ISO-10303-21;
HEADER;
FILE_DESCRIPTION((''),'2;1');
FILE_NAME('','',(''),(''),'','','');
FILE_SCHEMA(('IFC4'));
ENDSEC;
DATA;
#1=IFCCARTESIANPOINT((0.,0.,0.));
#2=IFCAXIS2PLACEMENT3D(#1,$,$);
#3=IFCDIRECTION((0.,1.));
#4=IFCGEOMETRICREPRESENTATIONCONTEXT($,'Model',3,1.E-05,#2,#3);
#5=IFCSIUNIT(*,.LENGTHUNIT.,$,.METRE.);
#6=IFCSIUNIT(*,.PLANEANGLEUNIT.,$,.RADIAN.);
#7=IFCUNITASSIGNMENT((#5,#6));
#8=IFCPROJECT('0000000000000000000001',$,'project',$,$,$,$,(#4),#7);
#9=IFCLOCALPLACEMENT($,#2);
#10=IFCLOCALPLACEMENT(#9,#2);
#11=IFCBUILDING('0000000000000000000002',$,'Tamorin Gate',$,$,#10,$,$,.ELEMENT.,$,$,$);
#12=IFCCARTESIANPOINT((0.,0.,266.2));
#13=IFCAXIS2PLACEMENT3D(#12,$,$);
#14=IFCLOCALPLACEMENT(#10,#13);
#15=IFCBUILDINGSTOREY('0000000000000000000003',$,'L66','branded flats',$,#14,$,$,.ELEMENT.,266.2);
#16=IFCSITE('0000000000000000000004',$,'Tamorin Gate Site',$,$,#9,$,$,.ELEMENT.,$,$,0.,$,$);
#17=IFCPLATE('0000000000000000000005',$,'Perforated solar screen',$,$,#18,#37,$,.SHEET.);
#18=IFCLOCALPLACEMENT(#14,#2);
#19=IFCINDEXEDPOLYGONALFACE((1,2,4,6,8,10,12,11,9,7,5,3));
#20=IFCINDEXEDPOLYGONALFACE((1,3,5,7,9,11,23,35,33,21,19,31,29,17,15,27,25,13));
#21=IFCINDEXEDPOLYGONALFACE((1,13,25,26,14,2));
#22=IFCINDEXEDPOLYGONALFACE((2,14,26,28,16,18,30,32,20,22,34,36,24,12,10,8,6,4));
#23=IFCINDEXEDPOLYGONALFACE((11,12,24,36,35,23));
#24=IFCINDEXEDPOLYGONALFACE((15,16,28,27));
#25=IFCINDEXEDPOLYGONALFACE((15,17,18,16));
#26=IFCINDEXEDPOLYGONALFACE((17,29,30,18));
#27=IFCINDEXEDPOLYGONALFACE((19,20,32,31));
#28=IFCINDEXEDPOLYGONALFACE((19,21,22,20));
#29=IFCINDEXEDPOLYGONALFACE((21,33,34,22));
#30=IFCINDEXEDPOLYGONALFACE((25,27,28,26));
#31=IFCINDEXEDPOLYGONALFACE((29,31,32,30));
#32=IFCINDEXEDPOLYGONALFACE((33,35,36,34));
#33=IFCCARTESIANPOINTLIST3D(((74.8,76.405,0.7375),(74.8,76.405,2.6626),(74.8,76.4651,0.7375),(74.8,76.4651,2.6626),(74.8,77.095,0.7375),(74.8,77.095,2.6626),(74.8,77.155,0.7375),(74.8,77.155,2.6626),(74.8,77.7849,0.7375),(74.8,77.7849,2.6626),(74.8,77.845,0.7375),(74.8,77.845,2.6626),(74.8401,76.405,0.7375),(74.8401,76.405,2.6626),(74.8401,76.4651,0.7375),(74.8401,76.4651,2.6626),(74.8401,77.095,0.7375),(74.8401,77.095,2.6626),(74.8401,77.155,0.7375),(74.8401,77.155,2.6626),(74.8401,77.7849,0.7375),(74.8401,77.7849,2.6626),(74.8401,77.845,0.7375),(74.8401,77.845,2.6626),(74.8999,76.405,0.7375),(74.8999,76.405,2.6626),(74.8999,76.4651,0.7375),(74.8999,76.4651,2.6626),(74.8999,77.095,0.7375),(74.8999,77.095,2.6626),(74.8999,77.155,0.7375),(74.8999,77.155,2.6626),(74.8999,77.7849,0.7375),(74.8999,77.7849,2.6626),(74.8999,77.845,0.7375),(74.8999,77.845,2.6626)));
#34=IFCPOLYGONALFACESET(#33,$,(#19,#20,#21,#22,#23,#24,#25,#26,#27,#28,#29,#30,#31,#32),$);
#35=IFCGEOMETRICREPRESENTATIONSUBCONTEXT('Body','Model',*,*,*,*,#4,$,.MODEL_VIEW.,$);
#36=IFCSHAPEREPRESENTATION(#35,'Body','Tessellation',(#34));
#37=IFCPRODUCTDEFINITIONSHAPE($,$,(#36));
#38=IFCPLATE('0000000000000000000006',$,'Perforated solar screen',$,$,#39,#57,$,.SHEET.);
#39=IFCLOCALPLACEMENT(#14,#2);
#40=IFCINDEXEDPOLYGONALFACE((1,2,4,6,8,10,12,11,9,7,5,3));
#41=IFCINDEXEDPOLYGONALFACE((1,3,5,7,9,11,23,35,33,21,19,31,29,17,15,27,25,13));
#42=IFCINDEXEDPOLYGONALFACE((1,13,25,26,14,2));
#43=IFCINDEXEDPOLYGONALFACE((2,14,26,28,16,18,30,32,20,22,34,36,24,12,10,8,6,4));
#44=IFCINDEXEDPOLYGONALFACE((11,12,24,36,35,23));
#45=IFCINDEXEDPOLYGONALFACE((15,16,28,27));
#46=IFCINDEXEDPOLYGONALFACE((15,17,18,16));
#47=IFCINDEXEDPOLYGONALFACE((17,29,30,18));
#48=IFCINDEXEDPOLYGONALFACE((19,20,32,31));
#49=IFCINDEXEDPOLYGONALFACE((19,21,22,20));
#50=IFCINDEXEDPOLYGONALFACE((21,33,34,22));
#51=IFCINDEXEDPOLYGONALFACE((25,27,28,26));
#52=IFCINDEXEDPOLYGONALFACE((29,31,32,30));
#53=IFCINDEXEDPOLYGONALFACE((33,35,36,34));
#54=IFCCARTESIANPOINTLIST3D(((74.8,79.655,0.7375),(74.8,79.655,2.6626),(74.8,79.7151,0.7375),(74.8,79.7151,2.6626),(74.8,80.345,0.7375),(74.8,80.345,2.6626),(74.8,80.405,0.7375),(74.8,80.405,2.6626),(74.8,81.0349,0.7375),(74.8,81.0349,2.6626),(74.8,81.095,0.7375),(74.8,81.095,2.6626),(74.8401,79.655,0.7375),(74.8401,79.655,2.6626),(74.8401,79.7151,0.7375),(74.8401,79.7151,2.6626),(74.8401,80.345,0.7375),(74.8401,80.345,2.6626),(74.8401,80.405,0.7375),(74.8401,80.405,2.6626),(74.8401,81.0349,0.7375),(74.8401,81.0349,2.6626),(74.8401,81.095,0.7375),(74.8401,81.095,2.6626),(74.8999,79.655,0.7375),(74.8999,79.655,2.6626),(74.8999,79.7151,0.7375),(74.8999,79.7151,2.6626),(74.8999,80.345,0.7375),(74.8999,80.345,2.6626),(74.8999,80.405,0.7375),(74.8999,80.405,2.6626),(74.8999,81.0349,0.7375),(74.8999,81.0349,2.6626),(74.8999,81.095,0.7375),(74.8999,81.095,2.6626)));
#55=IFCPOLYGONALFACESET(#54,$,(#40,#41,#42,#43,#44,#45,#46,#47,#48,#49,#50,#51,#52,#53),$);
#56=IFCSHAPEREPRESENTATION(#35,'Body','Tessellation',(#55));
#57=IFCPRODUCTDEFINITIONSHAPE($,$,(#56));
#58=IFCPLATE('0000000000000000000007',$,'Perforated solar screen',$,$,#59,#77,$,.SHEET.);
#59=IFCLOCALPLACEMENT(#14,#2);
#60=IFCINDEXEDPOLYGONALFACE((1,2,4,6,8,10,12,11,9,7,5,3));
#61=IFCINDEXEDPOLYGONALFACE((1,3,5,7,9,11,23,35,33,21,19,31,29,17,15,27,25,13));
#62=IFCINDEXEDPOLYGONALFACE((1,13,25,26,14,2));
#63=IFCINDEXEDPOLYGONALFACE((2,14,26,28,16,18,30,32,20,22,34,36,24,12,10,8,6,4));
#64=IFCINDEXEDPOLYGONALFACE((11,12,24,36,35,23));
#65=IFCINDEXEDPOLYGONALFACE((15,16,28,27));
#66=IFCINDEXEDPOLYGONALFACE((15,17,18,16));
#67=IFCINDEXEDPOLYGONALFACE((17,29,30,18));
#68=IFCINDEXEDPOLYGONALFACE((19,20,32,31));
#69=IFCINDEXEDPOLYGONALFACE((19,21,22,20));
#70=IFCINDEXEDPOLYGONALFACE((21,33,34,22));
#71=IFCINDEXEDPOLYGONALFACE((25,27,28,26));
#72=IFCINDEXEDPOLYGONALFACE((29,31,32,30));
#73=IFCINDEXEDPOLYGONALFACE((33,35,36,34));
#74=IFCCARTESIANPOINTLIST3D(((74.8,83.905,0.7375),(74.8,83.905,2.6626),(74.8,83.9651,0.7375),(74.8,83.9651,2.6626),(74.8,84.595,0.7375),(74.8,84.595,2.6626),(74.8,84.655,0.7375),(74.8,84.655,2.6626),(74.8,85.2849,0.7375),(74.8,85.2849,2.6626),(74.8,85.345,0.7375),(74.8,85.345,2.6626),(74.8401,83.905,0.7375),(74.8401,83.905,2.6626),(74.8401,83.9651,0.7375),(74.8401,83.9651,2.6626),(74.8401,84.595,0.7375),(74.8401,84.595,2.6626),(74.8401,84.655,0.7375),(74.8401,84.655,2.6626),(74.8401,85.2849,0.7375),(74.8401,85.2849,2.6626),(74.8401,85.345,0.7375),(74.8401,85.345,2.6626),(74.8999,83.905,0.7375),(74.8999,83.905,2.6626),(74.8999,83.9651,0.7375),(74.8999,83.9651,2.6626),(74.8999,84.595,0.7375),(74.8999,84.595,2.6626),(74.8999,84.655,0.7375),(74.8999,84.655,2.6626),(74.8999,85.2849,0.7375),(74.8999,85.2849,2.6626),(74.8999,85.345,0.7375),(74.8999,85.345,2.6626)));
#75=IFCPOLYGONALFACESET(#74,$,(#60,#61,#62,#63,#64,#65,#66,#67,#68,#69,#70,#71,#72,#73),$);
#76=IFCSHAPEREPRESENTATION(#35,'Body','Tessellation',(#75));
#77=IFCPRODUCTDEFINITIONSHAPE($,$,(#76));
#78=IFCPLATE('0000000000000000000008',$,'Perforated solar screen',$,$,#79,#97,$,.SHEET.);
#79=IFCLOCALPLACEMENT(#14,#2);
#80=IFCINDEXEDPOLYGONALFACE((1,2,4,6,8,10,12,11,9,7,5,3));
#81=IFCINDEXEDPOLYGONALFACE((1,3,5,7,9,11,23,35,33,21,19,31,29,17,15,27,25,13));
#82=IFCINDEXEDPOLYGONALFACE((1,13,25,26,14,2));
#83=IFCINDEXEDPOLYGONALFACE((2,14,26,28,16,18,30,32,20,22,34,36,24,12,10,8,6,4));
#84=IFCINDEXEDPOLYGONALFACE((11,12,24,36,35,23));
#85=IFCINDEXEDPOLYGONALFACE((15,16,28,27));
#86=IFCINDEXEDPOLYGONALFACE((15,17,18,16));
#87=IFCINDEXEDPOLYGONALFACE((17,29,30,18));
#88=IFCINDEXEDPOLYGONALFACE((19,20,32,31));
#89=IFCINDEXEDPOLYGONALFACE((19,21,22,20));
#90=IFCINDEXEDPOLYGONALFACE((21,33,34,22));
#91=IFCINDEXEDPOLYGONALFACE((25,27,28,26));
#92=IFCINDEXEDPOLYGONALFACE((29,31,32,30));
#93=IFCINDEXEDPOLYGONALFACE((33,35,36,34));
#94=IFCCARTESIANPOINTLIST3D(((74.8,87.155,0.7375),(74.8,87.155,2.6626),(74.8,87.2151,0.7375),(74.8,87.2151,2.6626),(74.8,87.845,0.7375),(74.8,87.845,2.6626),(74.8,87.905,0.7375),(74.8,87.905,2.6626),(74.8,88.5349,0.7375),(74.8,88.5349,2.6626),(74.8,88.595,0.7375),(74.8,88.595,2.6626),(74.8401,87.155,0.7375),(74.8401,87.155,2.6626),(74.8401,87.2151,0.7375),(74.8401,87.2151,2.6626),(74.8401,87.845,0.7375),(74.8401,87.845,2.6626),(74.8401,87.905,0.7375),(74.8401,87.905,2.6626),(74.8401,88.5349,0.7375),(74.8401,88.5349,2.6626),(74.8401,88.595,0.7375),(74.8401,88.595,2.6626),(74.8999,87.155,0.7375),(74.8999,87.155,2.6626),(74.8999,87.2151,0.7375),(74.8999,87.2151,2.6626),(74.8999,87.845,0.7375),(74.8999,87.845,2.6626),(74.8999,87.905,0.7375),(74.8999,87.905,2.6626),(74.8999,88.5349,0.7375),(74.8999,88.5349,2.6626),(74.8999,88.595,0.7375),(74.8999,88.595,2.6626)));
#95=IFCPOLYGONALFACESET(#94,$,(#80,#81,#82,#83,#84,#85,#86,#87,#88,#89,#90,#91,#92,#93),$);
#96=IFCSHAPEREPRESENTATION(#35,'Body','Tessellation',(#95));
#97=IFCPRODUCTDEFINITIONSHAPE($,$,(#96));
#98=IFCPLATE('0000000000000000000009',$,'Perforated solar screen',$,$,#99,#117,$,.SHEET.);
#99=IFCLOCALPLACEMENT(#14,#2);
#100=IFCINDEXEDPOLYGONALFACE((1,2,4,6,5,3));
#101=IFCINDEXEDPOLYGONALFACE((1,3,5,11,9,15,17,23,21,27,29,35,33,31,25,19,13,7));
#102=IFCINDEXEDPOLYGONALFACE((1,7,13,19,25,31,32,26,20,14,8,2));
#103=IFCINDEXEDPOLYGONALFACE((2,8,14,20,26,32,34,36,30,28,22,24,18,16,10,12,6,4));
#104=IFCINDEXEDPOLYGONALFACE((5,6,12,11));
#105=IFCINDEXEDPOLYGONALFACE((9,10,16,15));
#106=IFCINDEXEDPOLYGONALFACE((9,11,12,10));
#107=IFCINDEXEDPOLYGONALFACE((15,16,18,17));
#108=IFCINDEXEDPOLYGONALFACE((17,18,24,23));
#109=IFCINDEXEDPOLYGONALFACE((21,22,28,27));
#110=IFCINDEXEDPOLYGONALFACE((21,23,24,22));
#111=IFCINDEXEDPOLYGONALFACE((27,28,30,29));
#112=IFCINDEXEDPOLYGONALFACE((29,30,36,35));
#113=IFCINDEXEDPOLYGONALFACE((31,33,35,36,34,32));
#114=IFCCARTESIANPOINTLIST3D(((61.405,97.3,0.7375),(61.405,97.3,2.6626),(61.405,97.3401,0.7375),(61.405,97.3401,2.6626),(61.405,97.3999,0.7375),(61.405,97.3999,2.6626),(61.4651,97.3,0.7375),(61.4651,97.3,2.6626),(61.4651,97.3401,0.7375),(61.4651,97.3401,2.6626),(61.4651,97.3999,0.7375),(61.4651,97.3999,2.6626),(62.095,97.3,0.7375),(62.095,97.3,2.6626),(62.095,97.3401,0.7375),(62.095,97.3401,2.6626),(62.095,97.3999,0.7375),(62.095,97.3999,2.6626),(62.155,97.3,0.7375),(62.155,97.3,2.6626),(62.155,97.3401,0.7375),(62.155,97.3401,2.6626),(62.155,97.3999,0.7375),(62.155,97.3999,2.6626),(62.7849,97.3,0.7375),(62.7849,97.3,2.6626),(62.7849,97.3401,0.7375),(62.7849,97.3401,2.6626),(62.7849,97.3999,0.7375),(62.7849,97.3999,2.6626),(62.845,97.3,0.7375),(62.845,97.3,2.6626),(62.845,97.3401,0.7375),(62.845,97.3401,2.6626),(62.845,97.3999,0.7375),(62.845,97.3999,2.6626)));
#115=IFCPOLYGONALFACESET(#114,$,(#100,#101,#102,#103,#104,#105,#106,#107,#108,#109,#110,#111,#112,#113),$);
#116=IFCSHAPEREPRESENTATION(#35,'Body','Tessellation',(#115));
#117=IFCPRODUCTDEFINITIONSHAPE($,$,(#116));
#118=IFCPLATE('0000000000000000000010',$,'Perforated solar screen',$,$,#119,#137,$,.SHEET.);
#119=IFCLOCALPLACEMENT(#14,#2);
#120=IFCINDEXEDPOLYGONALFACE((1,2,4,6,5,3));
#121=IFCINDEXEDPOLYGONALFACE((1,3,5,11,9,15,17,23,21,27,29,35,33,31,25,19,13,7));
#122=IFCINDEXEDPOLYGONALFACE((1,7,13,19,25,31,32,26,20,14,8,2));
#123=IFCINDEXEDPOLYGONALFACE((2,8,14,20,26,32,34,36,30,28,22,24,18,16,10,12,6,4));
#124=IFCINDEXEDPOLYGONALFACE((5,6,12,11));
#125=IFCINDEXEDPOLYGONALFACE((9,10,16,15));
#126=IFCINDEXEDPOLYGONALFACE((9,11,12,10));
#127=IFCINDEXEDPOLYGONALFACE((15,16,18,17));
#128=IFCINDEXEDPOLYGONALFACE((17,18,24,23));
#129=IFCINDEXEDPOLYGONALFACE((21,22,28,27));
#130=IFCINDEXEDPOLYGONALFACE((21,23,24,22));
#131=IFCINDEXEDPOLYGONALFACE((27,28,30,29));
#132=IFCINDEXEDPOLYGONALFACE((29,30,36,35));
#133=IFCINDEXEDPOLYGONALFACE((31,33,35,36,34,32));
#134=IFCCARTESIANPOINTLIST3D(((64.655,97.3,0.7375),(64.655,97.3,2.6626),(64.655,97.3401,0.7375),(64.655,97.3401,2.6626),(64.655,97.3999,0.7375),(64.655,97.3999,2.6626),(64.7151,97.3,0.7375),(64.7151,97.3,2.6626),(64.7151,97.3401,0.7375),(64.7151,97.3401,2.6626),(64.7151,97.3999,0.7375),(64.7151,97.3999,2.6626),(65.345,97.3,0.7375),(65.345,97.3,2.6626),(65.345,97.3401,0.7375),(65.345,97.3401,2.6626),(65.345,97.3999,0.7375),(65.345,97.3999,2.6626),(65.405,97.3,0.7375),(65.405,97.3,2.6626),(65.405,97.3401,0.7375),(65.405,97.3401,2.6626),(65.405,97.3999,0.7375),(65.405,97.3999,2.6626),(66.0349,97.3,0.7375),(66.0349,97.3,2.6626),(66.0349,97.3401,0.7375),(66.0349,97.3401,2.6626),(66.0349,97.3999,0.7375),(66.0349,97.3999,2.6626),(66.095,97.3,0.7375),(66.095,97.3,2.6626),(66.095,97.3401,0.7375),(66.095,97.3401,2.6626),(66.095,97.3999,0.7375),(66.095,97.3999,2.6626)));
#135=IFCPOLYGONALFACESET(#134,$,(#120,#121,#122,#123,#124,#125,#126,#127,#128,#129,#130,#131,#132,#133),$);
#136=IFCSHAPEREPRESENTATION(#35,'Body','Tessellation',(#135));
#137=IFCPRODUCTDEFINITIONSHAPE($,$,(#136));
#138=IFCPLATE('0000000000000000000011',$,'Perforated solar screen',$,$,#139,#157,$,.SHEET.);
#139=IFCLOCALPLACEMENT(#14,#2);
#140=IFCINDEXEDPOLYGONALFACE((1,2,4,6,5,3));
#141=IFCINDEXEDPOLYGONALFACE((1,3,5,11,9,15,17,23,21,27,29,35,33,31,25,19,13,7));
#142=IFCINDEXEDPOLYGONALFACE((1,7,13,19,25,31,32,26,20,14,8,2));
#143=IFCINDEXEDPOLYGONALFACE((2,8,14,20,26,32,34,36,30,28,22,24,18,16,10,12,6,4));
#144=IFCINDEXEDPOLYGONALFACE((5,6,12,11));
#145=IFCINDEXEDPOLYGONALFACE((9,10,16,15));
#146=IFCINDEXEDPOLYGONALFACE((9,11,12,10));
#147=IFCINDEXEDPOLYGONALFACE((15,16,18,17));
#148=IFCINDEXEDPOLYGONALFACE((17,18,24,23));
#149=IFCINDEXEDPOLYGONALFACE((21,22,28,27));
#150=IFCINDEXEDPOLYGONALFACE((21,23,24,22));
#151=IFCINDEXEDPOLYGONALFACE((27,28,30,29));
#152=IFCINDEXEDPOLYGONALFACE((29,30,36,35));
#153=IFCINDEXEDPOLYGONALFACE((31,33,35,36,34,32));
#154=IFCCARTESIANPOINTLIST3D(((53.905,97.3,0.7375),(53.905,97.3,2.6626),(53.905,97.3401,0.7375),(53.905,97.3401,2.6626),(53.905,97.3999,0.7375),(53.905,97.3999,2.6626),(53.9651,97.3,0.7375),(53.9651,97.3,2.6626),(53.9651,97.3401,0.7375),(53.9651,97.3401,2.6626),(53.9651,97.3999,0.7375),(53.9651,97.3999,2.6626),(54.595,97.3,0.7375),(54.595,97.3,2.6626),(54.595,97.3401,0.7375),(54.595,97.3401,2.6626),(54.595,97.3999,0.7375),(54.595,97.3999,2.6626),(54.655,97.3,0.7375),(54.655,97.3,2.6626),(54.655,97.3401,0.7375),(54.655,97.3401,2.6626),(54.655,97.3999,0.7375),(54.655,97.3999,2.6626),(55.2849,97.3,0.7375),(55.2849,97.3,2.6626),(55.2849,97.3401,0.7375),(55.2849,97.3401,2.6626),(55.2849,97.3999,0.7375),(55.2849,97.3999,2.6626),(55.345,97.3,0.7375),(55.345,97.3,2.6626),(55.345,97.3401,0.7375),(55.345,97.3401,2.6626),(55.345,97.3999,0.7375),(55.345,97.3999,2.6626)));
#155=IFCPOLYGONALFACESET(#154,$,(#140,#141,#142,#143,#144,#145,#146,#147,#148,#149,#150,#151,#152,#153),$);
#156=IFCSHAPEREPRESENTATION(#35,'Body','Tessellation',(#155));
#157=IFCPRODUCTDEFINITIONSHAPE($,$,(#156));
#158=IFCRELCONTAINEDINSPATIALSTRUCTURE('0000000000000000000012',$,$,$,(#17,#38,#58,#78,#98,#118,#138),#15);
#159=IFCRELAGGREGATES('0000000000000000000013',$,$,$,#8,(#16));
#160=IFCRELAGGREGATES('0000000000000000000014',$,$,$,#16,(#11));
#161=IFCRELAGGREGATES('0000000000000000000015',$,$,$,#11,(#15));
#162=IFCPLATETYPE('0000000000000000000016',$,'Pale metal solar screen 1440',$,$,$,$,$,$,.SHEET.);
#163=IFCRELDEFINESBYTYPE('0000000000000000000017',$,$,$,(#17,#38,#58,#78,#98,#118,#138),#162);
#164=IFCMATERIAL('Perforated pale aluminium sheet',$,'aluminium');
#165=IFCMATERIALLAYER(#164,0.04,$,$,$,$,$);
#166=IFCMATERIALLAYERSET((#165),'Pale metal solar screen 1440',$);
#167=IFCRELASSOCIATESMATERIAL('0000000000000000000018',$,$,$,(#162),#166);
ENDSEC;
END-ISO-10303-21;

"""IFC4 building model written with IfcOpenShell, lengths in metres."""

from ifc_helpers import new_model, si_unit, direction, frame, origin, place, context, subcontext, project, spatial, polyline, outline, extrude, material, layer, layer_set, type_object, element, save


model = new_model("IFC4")

# Units and contexts
model_context = context("Model", 3, precision=1e-05, world=origin(), true_north=direction((0.0, 1.0)))
body_context = subcontext(model_context, "Body", "Model", "MODEL_VIEW")
ifc_project = project(units=[si_unit("LENGTHUNIT", "METRE"), si_unit("PLANEANGLEUNIT", "RADIAN")], contexts=[model_context])

# Site, building, storey
site_placement = place(None, origin())
site = spatial("IfcSite", under=ifc_project, at=site_placement, Name="Tamorin Gate Site", CompositionType="ELEMENT", RefElevation=0.0)
building_placement = place(site_placement, origin())
building = spatial("IfcBuilding", under=site, at=building_placement, Name="Tamorin Gate", CompositionType="ELEMENT")
storey_placement = place(building_placement, frame((0.0, 0.0, 266.2)))
storey = spatial("IfcBuildingStorey", under=building, at=storey_placement, Name="L66", Description="branded flats", CompositionType="ELEMENT", Elevation=266.2)

# Plates
ifc_material_1 = material(Name="Perforated pale aluminium sheet", Category="aluminium")
ifc_layer_1 = layer(ifc_material_1, 0.04)
ifc_layer_set_1 = layer_set([ifc_layer_1], Name="Pale metal solar screen 1440")
plate_type = type_object("IfcPlateType", Name="Pale metal solar screen 1440", PredefinedType="SHEET", material=ifc_layer_set_1)
plate_1_placement = place(storey_placement, frame((0.0, 0.0, 0.7375)))
element("IfcPlate", 1, at=plate_1_placement, inside=storey, type_object=plate_type, Name="Perforated solar screen", PredefinedType="SHEET", context=body_context, shape_type="SweptSolid", body=[
    extrude(outline(polyline([(74.8401, 76.405), (74.8, 76.405), (74.8, 76.4651), (74.8, 77.095), (74.8, 77.155), (74.8, 77.7849), (74.8, 77.845), (74.8401, 77.845), (74.8999, 77.845), (74.8999, 77.7849), (74.8401, 77.7849), (74.8401, 77.155), (74.8999, 77.155), (74.8999, 77.095), (74.8401, 77.095), (74.8401, 76.4651), (74.8999, 76.4651), (74.8999, 76.405), (74.8401, 76.405)])), origin(), (0.0, 0.0, 1.0), 1.925),
])
plate_2_placement = place(storey_placement, frame((0.0, 0.0, 0.7375)))
element("IfcPlate", 2, at=plate_2_placement, inside=storey, type_object=plate_type, Name="Perforated solar screen", PredefinedType="SHEET", context=body_context, shape_type="SweptSolid", body=[
    extrude(outline(polyline([(74.8401, 79.655), (74.8, 79.655), (74.8, 79.7151), (74.8, 80.345), (74.8, 80.405), (74.8, 81.0349), (74.8, 81.095), (74.8401, 81.095), (74.8999, 81.095), (74.8999, 81.0349), (74.8401, 81.0349), (74.8401, 80.405), (74.8999, 80.405), (74.8999, 80.345), (74.8401, 80.345), (74.8401, 79.7151), (74.8999, 79.7151), (74.8999, 79.655), (74.8401, 79.655)])), origin(), (0.0, 0.0, 1.0), 1.925),
])
plate_3_placement = place(storey_placement, frame((0.0, 0.0, 0.7375)))
element("IfcPlate", 3, at=plate_3_placement, inside=storey, type_object=plate_type, Name="Perforated solar screen", PredefinedType="SHEET", context=body_context, shape_type="SweptSolid", body=[
    extrude(outline(polyline([(74.8401, 83.905), (74.8, 83.905), (74.8, 83.9651), (74.8, 84.595), (74.8, 84.655), (74.8, 85.2849), (74.8, 85.345), (74.8401, 85.345), (74.8999, 85.345), (74.8999, 85.2849), (74.8401, 85.2849), (74.8401, 84.655), (74.8999, 84.655), (74.8999, 84.595), (74.8401, 84.595), (74.8401, 83.9651), (74.8999, 83.9651), (74.8999, 83.905), (74.8401, 83.905)])), origin(), (0.0, 0.0, 1.0), 1.925),
])
plate_4_placement = place(storey_placement, frame((0.0, 0.0, 0.7375)))
element("IfcPlate", 4, at=plate_4_placement, inside=storey, type_object=plate_type, Name="Perforated solar screen", PredefinedType="SHEET", context=body_context, shape_type="SweptSolid", body=[
    extrude(outline(polyline([(74.8401, 87.155), (74.8, 87.155), (74.8, 87.2151), (74.8, 87.845), (74.8, 87.905), (74.8, 88.5349), (74.8, 88.595), (74.8401, 88.595), (74.8999, 88.595), (74.8999, 88.5349), (74.8401, 88.5349), (74.8401, 87.905), (74.8999, 87.905), (74.8999, 87.845), (74.8401, 87.845), (74.8401, 87.2151), (74.8999, 87.2151), (74.8999, 87.155), (74.8401, 87.155)])), origin(), (0.0, 0.0, 1.0), 1.925),
])
plate_5_placement = place(storey_placement, frame((0.0, 0.0, 0.7375)))
element("IfcPlate", 5, at=plate_5_placement, inside=storey, type_object=plate_type, Name="Perforated solar screen", PredefinedType="SHEET", context=body_context, shape_type="SweptSolid", body=[
    extrude(outline(polyline([(62.845, 97.3401), (62.845, 97.3), (62.7849, 97.3), (62.155, 97.3), (62.095, 97.3), (61.4651, 97.3), (61.405, 97.3), (61.405, 97.3), (61.405, 97.3401), (61.405, 97.3401), (61.405, 97.3999), (61.4651, 97.3999), (61.4651, 97.3401), (62.095, 97.3401), (62.095, 97.3999), (62.155, 97.3999), (62.155, 97.3401), (62.7849, 97.3401), (62.7849, 97.3999), (62.845, 97.3999), (62.845, 97.3401)])), origin(), (0.0, 0.0, 1.0), 1.925),
])
plate_6_placement = place(storey_placement, frame((0.0, 0.0, 0.7375)))
element("IfcPlate", 6, at=plate_6_placement, inside=storey, type_object=plate_type, Name="Perforated solar screen", PredefinedType="SHEET", context=body_context, shape_type="SweptSolid", body=[
    extrude(outline(polyline([(66.095, 97.3401), (66.095, 97.3), (66.0349, 97.3), (65.405, 97.3), (65.345, 97.3), (64.7151, 97.3), (64.655, 97.3), (64.655, 97.3), (64.655, 97.3401), (64.655, 97.3401), (64.655, 97.3999), (64.7151, 97.3999), (64.7151, 97.3401), (65.345, 97.3401), (65.345, 97.3999), (65.405, 97.3999), (65.405, 97.3401), (66.0349, 97.3401), (66.0349, 97.3999), (66.095, 97.3999), (66.095, 97.3401)])), origin(), (0.0, 0.0, 1.0), 1.925),
])
plate_7_placement = place(storey_placement, frame((0.0, 0.0, 0.7375)))
element("IfcPlate", 7, at=plate_7_placement, inside=storey, type_object=plate_type, Name="Perforated solar screen", PredefinedType="SHEET", context=body_context, shape_type="SweptSolid", body=[
    extrude(outline(polyline([(55.345, 97.3401), (55.345, 97.3), (55.2849, 97.3), (54.655, 97.3), (54.595, 97.3), (53.9651, 97.3), (53.905, 97.3), (53.905, 97.3401), (53.905, 97.3999), (53.9651, 97.3999), (53.9651, 97.3401), (54.595, 97.3401), (54.595, 97.3999), (54.655, 97.3999), (54.655, 97.3401), (55.2849, 97.3401), (55.2849, 97.3999), (55.345, 97.3999), (55.345, 97.3401)])), origin(), (0.0, 0.0, 1.0), 1.925),
])

save(model, "model.ifc")
